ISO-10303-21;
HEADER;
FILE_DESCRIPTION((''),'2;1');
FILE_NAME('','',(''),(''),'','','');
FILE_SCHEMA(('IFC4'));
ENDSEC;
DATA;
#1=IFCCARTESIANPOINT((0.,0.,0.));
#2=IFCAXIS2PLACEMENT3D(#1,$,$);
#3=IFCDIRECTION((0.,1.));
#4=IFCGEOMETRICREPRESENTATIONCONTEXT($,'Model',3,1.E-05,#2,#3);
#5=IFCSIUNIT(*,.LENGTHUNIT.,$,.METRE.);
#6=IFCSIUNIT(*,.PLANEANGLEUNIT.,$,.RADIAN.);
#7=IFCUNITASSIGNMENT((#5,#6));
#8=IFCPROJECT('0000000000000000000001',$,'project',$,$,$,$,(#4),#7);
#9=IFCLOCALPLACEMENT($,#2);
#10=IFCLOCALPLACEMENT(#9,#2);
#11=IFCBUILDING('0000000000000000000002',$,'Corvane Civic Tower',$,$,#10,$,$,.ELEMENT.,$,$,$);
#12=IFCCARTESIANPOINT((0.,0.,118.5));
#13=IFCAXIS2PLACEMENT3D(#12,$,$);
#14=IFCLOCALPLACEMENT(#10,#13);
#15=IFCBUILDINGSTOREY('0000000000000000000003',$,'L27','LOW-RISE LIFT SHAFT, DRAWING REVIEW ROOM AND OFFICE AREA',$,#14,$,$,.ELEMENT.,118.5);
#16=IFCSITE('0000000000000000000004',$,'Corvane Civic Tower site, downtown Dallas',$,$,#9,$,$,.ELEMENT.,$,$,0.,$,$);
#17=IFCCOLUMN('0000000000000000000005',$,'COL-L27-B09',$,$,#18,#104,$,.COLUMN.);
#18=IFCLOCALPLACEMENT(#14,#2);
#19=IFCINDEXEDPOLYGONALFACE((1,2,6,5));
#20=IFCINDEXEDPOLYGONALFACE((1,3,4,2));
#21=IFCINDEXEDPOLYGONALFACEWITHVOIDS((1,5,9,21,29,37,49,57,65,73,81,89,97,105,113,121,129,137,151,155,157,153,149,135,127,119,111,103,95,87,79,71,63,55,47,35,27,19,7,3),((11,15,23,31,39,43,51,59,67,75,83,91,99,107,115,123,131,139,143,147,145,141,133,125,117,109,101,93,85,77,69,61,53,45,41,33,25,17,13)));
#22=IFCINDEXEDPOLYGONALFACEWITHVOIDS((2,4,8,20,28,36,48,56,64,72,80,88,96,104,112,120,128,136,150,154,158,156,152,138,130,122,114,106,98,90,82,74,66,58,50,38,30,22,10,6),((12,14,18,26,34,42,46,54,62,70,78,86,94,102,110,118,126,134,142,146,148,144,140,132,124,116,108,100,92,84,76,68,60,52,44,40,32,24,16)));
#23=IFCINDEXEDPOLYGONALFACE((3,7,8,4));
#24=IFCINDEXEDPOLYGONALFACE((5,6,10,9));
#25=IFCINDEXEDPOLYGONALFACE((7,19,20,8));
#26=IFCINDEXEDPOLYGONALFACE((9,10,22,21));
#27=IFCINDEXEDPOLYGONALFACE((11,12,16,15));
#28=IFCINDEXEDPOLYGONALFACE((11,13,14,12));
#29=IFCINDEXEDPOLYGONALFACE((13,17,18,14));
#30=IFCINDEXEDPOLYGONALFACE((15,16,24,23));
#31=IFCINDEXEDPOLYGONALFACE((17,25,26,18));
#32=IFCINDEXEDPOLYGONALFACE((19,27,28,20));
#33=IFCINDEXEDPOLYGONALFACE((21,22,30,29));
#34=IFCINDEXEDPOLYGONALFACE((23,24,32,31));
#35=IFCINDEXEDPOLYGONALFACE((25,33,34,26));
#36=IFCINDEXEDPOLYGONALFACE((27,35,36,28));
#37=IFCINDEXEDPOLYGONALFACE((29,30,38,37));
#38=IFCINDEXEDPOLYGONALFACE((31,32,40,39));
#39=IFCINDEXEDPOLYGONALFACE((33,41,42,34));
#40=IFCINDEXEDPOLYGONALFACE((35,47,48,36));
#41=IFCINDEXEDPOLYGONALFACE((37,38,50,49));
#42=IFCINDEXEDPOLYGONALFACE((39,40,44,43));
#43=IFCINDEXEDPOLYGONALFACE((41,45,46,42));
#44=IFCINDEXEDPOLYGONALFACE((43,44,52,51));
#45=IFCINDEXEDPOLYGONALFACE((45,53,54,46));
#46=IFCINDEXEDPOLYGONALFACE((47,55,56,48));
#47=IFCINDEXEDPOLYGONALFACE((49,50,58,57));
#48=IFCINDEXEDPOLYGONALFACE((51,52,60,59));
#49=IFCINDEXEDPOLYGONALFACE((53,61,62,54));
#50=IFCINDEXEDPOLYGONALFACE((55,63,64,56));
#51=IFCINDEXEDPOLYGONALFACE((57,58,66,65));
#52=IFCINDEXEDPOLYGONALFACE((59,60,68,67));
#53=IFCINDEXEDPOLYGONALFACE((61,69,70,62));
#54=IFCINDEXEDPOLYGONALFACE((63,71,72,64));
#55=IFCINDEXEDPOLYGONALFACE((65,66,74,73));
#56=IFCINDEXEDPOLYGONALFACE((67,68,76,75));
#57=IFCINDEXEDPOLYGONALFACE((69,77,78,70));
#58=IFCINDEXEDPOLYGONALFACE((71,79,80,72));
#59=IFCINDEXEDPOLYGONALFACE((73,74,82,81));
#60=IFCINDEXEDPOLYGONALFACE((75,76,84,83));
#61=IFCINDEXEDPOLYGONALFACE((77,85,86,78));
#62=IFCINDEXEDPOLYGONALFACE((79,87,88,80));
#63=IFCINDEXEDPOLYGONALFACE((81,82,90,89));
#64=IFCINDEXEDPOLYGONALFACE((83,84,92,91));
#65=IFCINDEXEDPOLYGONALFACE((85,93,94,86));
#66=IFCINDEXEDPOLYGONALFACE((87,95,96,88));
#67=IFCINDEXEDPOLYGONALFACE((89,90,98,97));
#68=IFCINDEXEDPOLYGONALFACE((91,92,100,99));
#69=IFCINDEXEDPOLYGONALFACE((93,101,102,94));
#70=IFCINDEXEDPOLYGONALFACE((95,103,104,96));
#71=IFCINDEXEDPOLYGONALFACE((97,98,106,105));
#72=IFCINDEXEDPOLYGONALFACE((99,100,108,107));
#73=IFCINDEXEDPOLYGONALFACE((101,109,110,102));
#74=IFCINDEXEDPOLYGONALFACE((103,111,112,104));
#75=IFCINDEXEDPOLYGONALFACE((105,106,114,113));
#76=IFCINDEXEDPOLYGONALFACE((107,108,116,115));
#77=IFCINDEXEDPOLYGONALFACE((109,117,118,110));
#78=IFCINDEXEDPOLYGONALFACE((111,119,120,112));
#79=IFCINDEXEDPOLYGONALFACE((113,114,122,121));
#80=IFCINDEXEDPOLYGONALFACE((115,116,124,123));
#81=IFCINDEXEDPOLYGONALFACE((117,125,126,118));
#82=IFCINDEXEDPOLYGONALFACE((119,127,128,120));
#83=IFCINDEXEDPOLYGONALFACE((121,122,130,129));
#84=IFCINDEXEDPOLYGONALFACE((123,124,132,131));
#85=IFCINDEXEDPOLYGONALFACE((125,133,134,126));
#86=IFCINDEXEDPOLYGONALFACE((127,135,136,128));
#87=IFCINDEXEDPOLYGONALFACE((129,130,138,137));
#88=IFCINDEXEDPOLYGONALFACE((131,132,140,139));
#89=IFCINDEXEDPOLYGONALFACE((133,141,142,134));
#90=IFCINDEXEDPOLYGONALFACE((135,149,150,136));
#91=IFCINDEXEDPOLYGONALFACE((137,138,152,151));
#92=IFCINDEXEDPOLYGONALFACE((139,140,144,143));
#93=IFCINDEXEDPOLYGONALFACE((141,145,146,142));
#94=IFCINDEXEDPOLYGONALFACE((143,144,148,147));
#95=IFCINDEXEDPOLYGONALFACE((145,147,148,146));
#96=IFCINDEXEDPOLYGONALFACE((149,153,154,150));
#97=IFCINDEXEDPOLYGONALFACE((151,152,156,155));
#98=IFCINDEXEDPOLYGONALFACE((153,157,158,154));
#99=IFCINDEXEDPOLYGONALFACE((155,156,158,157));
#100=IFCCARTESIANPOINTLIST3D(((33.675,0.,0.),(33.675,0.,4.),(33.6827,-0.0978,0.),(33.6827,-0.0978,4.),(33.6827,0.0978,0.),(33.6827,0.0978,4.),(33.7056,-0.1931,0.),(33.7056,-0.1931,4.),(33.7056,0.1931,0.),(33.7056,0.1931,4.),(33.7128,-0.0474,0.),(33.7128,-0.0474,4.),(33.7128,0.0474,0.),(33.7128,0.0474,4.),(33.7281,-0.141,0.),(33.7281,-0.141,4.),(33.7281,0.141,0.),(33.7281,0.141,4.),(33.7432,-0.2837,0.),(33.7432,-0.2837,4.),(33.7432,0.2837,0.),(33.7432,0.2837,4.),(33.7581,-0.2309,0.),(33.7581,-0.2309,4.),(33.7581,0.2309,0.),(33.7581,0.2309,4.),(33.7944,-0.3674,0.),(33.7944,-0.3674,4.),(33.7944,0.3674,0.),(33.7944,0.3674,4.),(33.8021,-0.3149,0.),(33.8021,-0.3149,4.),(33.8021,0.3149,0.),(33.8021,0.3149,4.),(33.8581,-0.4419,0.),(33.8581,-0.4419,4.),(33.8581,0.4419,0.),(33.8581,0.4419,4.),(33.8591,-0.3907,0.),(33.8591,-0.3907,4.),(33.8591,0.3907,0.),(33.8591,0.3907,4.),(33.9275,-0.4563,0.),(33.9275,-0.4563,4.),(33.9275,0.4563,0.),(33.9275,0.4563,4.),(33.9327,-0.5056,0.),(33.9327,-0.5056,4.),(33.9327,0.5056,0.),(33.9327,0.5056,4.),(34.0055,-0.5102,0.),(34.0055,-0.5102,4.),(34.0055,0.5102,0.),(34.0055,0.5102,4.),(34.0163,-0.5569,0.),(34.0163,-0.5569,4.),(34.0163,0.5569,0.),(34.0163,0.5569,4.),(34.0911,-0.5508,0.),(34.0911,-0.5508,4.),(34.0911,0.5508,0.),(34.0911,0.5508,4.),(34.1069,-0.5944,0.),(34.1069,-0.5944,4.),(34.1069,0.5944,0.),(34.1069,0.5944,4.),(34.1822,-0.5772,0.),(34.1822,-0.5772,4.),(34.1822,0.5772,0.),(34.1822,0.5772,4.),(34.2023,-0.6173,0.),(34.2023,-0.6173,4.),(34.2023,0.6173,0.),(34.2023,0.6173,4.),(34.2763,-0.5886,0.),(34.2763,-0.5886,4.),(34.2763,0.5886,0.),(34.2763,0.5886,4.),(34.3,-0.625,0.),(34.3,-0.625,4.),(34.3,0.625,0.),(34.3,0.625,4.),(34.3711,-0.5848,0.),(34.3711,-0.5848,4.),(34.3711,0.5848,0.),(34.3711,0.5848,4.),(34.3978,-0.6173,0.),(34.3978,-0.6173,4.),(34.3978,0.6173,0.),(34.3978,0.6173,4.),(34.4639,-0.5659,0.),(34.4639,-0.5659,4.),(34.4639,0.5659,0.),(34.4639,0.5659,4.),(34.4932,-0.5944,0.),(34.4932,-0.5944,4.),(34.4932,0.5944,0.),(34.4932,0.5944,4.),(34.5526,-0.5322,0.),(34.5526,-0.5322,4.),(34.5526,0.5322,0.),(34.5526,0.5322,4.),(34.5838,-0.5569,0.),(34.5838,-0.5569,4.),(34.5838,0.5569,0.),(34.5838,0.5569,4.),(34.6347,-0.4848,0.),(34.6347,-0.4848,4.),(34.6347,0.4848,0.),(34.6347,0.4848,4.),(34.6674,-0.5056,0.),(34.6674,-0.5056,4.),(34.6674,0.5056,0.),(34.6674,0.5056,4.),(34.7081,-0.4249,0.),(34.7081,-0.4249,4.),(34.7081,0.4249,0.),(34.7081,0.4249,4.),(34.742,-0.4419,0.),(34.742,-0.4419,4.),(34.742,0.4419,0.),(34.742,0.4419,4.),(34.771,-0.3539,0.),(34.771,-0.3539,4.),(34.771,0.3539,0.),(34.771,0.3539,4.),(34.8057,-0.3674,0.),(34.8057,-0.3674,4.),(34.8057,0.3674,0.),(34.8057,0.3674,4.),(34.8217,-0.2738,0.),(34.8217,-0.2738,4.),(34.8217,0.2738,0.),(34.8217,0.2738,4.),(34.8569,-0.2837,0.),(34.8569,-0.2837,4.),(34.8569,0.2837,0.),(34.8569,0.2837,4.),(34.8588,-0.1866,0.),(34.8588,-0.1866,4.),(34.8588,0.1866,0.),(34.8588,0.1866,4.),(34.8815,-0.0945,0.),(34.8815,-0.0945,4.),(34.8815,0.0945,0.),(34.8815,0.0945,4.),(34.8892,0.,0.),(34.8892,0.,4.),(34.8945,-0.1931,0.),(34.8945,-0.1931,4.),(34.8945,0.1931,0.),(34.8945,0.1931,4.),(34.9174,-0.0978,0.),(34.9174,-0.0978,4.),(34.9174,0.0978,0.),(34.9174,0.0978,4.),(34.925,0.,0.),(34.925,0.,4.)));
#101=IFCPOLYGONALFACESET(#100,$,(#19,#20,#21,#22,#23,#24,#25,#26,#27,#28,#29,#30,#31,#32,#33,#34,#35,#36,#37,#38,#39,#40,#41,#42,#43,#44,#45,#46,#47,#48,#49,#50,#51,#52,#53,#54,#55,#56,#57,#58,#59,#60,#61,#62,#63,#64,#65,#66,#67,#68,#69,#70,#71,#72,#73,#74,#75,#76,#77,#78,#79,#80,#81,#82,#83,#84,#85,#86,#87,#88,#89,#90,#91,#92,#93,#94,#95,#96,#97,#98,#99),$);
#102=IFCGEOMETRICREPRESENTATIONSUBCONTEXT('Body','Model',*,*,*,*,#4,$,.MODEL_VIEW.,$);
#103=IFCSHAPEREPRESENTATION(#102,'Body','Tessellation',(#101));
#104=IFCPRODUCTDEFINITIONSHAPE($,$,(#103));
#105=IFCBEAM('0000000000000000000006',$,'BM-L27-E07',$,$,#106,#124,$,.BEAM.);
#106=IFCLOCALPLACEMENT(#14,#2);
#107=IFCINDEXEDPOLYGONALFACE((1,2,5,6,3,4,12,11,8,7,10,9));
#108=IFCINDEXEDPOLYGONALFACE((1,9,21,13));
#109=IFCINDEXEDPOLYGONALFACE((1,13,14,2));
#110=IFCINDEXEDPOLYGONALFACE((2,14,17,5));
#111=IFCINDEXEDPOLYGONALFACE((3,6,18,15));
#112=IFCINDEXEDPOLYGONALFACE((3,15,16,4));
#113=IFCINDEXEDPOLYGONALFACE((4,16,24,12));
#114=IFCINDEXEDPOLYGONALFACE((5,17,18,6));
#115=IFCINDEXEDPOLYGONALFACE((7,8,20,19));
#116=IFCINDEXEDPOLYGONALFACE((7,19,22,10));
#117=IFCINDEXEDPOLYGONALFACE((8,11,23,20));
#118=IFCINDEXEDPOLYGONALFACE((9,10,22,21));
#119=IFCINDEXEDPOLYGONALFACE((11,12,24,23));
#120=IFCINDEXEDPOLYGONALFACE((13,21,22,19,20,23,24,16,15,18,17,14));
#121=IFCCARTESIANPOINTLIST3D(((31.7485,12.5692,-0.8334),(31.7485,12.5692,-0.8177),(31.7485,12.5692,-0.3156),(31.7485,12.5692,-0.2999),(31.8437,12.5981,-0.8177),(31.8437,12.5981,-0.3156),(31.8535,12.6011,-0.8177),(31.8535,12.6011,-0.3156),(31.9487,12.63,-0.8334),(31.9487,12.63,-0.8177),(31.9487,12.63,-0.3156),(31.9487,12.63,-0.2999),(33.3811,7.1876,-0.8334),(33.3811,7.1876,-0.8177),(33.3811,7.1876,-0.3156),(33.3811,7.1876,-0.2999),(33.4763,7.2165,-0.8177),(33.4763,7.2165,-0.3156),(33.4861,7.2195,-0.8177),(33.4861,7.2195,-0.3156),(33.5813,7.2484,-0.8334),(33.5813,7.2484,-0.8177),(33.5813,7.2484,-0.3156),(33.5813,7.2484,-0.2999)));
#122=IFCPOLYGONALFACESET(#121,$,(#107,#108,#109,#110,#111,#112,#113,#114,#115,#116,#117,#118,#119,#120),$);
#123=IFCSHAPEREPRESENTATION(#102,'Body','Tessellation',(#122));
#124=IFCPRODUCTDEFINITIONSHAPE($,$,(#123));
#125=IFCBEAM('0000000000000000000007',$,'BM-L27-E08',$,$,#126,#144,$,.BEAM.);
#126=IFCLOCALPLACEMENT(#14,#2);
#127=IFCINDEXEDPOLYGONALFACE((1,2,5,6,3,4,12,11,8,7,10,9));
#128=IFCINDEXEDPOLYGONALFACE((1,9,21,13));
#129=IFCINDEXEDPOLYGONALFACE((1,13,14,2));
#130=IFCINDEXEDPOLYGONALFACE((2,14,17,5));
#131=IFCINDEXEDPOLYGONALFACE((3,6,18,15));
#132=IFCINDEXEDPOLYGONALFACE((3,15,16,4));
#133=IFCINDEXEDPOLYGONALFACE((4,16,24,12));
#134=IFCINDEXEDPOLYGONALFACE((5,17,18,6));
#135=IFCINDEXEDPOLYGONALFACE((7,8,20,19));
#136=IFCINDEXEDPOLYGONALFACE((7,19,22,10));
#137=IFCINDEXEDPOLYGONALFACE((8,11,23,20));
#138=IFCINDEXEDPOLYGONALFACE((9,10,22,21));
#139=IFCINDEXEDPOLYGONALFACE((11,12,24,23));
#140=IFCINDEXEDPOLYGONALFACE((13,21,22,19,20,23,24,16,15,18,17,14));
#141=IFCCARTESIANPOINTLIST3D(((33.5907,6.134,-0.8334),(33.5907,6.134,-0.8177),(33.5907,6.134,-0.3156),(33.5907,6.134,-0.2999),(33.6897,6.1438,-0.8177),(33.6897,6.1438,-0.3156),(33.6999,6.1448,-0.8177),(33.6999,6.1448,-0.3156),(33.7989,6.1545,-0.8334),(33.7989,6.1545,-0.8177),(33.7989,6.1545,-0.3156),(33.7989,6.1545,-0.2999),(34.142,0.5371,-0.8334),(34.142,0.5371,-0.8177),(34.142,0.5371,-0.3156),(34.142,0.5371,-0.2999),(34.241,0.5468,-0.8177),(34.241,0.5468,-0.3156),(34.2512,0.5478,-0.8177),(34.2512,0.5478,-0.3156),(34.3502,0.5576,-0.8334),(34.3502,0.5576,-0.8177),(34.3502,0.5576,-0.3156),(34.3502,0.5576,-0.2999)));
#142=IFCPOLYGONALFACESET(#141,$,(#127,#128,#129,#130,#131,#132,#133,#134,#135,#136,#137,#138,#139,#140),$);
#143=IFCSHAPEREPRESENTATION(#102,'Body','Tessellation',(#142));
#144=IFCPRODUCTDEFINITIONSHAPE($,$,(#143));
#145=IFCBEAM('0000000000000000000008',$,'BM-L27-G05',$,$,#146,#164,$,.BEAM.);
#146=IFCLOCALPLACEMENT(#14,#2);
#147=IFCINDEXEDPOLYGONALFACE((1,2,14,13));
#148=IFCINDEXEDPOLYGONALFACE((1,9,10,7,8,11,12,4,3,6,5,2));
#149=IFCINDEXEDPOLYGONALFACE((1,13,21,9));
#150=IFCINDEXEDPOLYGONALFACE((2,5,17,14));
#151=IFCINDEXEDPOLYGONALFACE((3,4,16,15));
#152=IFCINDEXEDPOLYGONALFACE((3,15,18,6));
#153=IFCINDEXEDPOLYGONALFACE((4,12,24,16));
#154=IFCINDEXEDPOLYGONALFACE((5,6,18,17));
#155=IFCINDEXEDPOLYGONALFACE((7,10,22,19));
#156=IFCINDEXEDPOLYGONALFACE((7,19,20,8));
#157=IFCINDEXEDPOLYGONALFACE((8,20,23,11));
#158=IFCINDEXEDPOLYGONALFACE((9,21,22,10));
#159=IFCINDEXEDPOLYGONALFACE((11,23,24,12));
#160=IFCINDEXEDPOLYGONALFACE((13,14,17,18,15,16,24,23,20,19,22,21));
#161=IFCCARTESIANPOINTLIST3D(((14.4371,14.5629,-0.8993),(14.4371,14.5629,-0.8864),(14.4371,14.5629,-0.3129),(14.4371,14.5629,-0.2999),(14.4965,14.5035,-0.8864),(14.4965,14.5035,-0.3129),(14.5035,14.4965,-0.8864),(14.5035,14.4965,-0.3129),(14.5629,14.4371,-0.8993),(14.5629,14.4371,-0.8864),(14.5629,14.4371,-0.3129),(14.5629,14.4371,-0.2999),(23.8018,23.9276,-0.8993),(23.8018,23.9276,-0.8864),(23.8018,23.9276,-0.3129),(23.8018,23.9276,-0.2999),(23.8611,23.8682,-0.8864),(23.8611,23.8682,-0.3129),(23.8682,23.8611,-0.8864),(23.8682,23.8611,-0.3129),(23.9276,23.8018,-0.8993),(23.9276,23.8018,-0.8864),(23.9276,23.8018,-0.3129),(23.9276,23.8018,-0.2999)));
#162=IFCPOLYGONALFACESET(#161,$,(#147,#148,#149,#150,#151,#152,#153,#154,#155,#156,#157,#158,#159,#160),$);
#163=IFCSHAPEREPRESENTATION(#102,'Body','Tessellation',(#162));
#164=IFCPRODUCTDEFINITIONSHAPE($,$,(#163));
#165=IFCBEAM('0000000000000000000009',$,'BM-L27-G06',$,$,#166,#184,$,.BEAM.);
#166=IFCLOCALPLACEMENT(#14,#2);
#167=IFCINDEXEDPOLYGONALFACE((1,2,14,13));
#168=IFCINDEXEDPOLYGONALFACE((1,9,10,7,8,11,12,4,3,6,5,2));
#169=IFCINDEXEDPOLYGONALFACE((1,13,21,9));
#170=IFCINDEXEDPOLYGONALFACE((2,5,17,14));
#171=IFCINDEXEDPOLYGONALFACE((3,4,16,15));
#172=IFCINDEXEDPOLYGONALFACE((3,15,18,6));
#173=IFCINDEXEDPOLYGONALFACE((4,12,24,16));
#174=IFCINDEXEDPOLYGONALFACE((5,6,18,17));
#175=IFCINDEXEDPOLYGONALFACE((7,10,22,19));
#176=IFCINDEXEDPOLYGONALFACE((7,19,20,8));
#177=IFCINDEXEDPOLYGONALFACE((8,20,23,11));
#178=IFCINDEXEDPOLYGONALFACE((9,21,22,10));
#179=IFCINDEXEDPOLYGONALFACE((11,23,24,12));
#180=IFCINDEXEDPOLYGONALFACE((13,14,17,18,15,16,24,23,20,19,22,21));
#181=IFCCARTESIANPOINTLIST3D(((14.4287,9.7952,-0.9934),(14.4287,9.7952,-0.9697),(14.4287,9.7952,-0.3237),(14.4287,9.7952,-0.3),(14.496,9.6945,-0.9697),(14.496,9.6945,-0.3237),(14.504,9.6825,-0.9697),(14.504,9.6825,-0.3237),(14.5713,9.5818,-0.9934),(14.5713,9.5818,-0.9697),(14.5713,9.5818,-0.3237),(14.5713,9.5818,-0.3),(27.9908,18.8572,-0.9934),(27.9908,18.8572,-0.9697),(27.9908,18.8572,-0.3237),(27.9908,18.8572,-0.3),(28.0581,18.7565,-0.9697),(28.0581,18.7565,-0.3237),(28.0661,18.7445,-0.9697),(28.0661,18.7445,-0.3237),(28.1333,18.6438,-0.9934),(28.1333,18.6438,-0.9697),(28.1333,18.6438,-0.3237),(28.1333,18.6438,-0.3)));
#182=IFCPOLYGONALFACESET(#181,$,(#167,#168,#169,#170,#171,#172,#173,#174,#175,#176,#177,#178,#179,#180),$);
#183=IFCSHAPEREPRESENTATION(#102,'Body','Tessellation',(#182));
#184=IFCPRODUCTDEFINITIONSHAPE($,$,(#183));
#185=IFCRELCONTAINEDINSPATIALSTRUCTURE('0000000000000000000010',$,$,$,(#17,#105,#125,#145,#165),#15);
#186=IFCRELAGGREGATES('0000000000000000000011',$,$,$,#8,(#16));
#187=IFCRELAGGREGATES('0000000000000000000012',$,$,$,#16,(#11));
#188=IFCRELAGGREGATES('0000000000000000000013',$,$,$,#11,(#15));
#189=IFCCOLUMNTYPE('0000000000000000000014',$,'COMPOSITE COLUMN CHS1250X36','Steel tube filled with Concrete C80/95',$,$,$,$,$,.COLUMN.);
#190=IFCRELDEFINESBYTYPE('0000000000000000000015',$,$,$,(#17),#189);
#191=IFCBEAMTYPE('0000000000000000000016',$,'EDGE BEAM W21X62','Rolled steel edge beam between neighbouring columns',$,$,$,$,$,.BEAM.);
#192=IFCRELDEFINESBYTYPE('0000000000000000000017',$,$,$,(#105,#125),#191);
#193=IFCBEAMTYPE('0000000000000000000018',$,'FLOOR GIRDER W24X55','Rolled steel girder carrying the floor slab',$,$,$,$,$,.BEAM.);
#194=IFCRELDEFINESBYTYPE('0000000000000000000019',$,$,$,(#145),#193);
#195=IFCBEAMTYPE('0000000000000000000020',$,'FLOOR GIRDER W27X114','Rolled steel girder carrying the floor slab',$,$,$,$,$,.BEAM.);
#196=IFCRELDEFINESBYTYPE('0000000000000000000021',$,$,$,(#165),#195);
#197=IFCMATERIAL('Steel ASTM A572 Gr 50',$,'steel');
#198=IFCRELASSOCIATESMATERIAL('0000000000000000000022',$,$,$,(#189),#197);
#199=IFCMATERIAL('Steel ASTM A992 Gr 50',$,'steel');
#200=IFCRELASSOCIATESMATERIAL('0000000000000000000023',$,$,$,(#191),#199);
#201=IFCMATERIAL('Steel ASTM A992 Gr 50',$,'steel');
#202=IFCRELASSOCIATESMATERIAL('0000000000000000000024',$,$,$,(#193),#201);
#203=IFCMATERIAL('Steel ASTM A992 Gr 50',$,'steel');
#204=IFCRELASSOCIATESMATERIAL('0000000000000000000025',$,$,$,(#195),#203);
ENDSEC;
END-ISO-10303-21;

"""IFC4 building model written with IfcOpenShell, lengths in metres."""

from ifc_helpers import new_model, si_unit, direction, frame, origin, origin_2d, place, context, subcontext, project, spatial, hollow_circle, i_section, extrude, material, material_profile, profile_set, type_object, element, save


model = new_model("IFC4")

# Units and contexts
model_context = context("Model", 3, precision=1e-05, world=origin(), true_north=direction((0.0, 1.0)))
body_context = subcontext(model_context, "Body", "Model", "MODEL_VIEW")
ifc_project = project(units=[si_unit("LENGTHUNIT", "METRE"), si_unit("PLANEANGLEUNIT", "RADIAN")], contexts=[model_context])

# Site, building, storey
site_placement = place(None, origin())
site = spatial("IfcSite", under=ifc_project, at=site_placement, Name="Corvane Civic Tower site, downtown Dallas", CompositionType="ELEMENT", RefElevation=0.0)
building_placement = place(site_placement, origin())
building = spatial("IfcBuilding", under=site, at=building_placement, Name="Corvane Civic Tower", CompositionType="ELEMENT")
storey_placement = place(building_placement, frame((0.0, 0.0, 118.5)))
storey = spatial("IfcBuildingStorey", under=building, at=storey_placement, Name="L27", Description="LOW-RISE LIFT SHAFT, DRAWING REVIEW ROOM AND OFFICE AREA", CompositionType="ELEMENT", Elevation=118.5)

# Column
ifc_material_1 = material(Name="Steel ASTM A572 Gr 50", Category="steel")
ifc_material_profile_1 = material_profile(ifc_material_1, hollow_circle(Radius=0.625, WallThickness=0.0359, at=origin_2d()), Name="CHS1250X36")
ifc_profile_set_1 = profile_set([ifc_material_profile_1], Name="Steel ASTM A572 Gr 50")
column_type = type_object("IfcColumnType", Name="COMPOSITE COLUMN CHS1250X36", Description="Steel tube filled with Concrete C80/95", PredefinedType="COLUMN", material=ifc_profile_set_1)
for number, where, z_axis, x_axis, name in (
    (1, (34.3, 0.0, 0.0), (0.0, 0.0, 1.0), (1.0, 0.0, 0.0), "COL-L27-B09"),
):
    element("IfcColumn", number, at=place(storey_placement, frame(where, z_axis=z_axis, x_axis=x_axis)), inside=storey, type_object=column_type, Name=name, PredefinedType="COLUMN", context=body_context, shape_type="SweptSolid", body=[
        extrude(hollow_circle(Radius=0.625, WallThickness=0.0359, at=origin_2d()), origin(), (0.0, 0.0, 1.0), 4.0),
    ])

# Beams
ifc_material_2 = material(Name="Steel ASTM A992 Gr 50", Category="steel")
ifc_material_profile_2 = material_profile(ifc_material_2, i_section(OverallWidth=0.2092, OverallDepth=0.5334, WebThickness=0.0103, FlangeThickness=0.0156, at=origin_2d()), Name="W21X62")
ifc_profile_set_2 = profile_set([ifc_material_profile_2], Name="Steel ASTM A992 Gr 50")
beam_type_1 = type_object("IfcBeamType", Name="EDGE BEAM W21X62", Description="Rolled steel edge beam between neighbouring columns", PredefinedType="BEAM", material=ifc_profile_set_2)
beam_1_placement = place(storey_placement, frame((31.8486, 12.5996, -0.5667), z_axis=(0.290298, -0.956936, 0.0), x_axis=(0.956936, 0.290298, 0.0)))
element("IfcBeam", 2, at=beam_1_placement, inside=storey, type_object=beam_type_1, Name="BM-L27-E07", PredefinedType="BEAM", context=body_context, shape_type="SweptSolid", body=[
    extrude(i_section(OverallWidth=0.2092, OverallDepth=0.5334, WebThickness=0.0103, FlangeThickness=0.0156, at=origin_2d()), origin(), (0.0, 0.0, 1.0), 5.6238),
])
beam_2_placement = place(storey_placement, frame((33.6948, 6.1443, -0.5667), z_axis=(0.098021, -0.995184, 0.0), x_axis=(0.995184, 0.098021, 0.0)))
element("IfcBeam", 3, at=beam_2_placement, inside=storey, type_object=beam_type_1, Name="BM-L27-E08", PredefinedType="BEAM", context=body_context, shape_type="SweptSolid", body=[
    extrude(i_section(OverallWidth=0.2092, OverallDepth=0.5334, WebThickness=0.0103, FlangeThickness=0.0156, at=origin_2d()), origin(), (0.0, 0.0, 1.0), 5.624),
])
ifc_material_3 = material(Name="Steel ASTM A992 Gr 50", Category="steel")
ifc_material_profile_3 = material_profile(ifc_material_3, i_section(OverallWidth=0.178, OverallDepth=0.5994, WebThickness=0.01, FlangeThickness=0.0129, at=origin_2d()), Name="W24X55")
ifc_profile_set_3 = profile_set([ifc_material_profile_3], Name="Steel ASTM A992 Gr 50")
beam_type_2 = type_object("IfcBeamType", Name="FLOOR GIRDER W24X55", Description="Rolled steel girder carrying the floor slab", PredefinedType="BEAM", material=ifc_profile_set_3)
beam_3_placement = place(storey_placement, frame((14.5, 14.5, -0.5996), z_axis=(0.707107, 0.707107, 0.0), x_axis=(-0.707107, 0.707107, 0.0)))
element("IfcBeam", 4, at=beam_3_placement, inside=storey, type_object=beam_type_2, Name="BM-L27-G05", PredefinedType="BEAM", context=body_context, shape_type="SweptSolid", body=[
    extrude(i_section(OverallWidth=0.178, OverallDepth=0.5994, WebThickness=0.01, FlangeThickness=0.0129, at=origin_2d()), origin(), (0.0, 0.0, 1.0), 13.2437),
])
ifc_material_4 = material(Name="Steel ASTM A992 Gr 50", Category="steel")
ifc_material_profile_4 = material_profile(ifc_material_4, i_section(OverallWidth=0.2566, OverallDepth=0.6934, WebThickness=0.0144, FlangeThickness=0.0237, at=origin_2d()), Name="W27X114")
ifc_profile_set_4 = profile_set([ifc_material_profile_4], Name="Steel ASTM A992 Gr 50")
beam_type_3 = type_object("IfcBeamType", Name="FLOOR GIRDER W27X114", Description="Rolled steel girder carrying the floor slab", PredefinedType="BEAM", material=ifc_profile_set_4)
beam_4_placement = place(storey_placement, frame((14.5, 9.6885, -0.6467), z_axis=(0.831465, 0.555577, 0.0), x_axis=(-0.555577, 0.831465, 0.0)))
element("IfcBeam", 5, at=beam_4_placement, inside=storey, type_object=beam_type_3, Name="BM-L27-G06", PredefinedType="BEAM", context=body_context, shape_type="SweptSolid", body=[
    extrude(i_section(OverallWidth=0.2566, OverallDepth=0.6934, WebThickness=0.0144, FlangeThickness=0.0237, at=origin_2d()), origin(), (0.0, 0.0, 1.0), 16.311),
])

save(model, "model.ifc")
